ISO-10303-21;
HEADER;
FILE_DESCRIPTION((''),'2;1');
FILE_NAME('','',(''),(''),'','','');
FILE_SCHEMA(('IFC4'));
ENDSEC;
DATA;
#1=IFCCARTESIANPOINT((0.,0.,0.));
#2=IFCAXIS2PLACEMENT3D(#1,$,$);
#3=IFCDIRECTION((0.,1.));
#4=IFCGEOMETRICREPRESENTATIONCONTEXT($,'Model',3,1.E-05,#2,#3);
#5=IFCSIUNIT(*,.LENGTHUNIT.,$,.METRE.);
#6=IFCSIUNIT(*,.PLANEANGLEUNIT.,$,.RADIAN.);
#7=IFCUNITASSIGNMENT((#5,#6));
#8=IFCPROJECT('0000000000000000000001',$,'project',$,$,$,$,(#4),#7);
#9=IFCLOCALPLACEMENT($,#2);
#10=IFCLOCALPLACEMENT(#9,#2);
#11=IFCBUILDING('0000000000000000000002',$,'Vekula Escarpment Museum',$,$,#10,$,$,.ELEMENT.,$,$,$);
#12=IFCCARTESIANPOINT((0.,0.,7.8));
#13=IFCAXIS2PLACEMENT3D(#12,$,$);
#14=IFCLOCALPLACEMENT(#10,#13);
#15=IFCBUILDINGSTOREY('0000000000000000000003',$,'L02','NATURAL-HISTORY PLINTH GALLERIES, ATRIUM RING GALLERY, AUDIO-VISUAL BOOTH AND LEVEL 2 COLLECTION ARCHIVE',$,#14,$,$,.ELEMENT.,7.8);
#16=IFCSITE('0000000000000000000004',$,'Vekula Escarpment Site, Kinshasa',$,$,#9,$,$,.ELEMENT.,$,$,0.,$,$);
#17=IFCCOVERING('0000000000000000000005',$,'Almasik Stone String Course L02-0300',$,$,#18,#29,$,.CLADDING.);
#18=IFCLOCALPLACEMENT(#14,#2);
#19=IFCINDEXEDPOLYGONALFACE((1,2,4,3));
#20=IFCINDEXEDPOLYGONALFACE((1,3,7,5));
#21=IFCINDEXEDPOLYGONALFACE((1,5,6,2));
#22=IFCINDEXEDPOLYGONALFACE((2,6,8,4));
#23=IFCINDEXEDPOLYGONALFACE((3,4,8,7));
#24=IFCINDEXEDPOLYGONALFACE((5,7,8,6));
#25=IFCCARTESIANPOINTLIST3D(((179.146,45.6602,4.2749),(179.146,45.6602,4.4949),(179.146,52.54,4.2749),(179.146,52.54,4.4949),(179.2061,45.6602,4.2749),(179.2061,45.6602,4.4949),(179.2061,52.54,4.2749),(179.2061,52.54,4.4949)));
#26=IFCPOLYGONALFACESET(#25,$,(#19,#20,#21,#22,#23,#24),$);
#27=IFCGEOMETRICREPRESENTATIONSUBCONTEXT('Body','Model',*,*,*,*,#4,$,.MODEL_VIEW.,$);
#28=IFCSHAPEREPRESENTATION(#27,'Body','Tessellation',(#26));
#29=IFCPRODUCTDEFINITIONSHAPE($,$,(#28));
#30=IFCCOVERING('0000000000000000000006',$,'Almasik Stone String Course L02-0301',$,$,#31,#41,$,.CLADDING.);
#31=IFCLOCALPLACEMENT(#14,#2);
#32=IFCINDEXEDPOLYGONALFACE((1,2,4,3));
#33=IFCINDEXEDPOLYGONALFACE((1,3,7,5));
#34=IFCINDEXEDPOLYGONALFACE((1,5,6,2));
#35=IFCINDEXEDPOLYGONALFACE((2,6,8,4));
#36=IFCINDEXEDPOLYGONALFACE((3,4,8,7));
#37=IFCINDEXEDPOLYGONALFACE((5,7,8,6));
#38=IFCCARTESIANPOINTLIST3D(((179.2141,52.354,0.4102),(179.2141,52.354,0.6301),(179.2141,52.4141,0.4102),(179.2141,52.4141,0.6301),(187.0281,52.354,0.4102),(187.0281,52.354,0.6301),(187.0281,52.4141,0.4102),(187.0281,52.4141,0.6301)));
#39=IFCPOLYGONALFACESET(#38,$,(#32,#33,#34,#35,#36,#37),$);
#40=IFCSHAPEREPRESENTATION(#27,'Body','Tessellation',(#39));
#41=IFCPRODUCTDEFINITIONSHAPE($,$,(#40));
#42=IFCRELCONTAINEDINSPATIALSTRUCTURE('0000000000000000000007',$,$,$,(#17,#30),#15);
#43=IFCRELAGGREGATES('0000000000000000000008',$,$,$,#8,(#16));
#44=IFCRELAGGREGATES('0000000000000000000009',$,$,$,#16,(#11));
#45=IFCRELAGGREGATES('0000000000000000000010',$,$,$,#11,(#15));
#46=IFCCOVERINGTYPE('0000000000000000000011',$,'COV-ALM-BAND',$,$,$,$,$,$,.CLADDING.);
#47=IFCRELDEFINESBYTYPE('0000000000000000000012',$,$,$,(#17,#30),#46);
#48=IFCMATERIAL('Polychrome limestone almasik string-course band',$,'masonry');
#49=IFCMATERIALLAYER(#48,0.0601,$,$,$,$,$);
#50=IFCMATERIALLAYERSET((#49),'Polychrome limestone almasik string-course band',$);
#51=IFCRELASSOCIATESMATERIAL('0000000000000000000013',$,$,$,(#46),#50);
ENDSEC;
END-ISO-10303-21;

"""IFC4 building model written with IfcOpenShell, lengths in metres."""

from ifc_helpers import new_model, si_unit, direction, frame, origin, origin_2d, place, context, subcontext, project, spatial, rectangle, extrude, material, layer, layer_set, type_object, element, save


model = new_model("IFC4")

# Units and contexts
model_context = context("Model", 3, precision=1e-05, world=origin(), true_north=direction((0.0, 1.0)))
body_context = subcontext(model_context, "Body", "Model", "MODEL_VIEW")
ifc_project = project(units=[si_unit("LENGTHUNIT", "METRE"), si_unit("PLANEANGLEUNIT", "RADIAN")], contexts=[model_context])

# Site, building, storey
site_placement = place(None, origin())
site = spatial("IfcSite", under=ifc_project, at=site_placement, Name="Vekula Escarpment Site, Kinshasa", CompositionType="ELEMENT", RefElevation=0.0)
building_placement = place(site_placement, origin())
building = spatial("IfcBuilding", under=site, at=building_placement, Name="Vekula Escarpment Museum", CompositionType="ELEMENT")
storey_placement = place(building_placement, frame((0.0, 0.0, 7.8)))
storey = spatial("IfcBuildingStorey", under=building, at=storey_placement, Name="L02", Description="NATURAL-HISTORY PLINTH GALLERIES, ATRIUM RING GALLERY, AUDIO-VISUAL BOOTH AND LEVEL 2 COLLECTION ARCHIVE", CompositionType="ELEMENT", Elevation=7.8)

# Coverings
ifc_material_1 = material(Name="Polychrome limestone almasik string-course band", Category="masonry")
ifc_layer_1 = layer(ifc_material_1, 0.0601)
ifc_layer_set_1 = layer_set([ifc_layer_1], Name="Polychrome limestone almasik string-course band")
covering_type = type_object("IfcCoveringType", Name="COV-ALM-BAND", PredefinedType="CLADDING", material=ifc_layer_set_1)
for number, where, z_axis, x_axis, name in (
    (1, (179.176, 49.1001, 4.2749), (0.0, 0.0, 1.0), (0.0, 1.0, 0.0), "Almasik Stone String Course L02-0300"),
):
    element("IfcCovering", number, at=place(storey_placement, frame(where, z_axis=z_axis, x_axis=x_axis)), inside=storey, type_object=covering_type, Name=name, PredefinedType="CLADDING", context=body_context, shape_type="SweptSolid", body=[
        extrude(rectangle(XDim=6.8799, YDim=0.0601, at=origin_2d()), origin(), (0.0, 0.0, 1.0), 0.22),
    ])
covering_placement = place(storey_placement, frame((183.1211, 52.384, 0.4102), z_axis=(0.0, 0.0, 1.0), x_axis=(1.0, 0.0, 0.0)))
element("IfcCovering", 2, at=covering_placement, inside=storey, type_object=covering_type, Name="Almasik Stone String Course L02-0301", PredefinedType="CLADDING", context=body_context, shape_type="SweptSolid", body=[
    extrude(rectangle(XDim=7.814, YDim=0.0601, at=origin_2d()), origin(), (0.0, 0.0, 1.0), 0.22),
])

save(model, "model.ifc")
